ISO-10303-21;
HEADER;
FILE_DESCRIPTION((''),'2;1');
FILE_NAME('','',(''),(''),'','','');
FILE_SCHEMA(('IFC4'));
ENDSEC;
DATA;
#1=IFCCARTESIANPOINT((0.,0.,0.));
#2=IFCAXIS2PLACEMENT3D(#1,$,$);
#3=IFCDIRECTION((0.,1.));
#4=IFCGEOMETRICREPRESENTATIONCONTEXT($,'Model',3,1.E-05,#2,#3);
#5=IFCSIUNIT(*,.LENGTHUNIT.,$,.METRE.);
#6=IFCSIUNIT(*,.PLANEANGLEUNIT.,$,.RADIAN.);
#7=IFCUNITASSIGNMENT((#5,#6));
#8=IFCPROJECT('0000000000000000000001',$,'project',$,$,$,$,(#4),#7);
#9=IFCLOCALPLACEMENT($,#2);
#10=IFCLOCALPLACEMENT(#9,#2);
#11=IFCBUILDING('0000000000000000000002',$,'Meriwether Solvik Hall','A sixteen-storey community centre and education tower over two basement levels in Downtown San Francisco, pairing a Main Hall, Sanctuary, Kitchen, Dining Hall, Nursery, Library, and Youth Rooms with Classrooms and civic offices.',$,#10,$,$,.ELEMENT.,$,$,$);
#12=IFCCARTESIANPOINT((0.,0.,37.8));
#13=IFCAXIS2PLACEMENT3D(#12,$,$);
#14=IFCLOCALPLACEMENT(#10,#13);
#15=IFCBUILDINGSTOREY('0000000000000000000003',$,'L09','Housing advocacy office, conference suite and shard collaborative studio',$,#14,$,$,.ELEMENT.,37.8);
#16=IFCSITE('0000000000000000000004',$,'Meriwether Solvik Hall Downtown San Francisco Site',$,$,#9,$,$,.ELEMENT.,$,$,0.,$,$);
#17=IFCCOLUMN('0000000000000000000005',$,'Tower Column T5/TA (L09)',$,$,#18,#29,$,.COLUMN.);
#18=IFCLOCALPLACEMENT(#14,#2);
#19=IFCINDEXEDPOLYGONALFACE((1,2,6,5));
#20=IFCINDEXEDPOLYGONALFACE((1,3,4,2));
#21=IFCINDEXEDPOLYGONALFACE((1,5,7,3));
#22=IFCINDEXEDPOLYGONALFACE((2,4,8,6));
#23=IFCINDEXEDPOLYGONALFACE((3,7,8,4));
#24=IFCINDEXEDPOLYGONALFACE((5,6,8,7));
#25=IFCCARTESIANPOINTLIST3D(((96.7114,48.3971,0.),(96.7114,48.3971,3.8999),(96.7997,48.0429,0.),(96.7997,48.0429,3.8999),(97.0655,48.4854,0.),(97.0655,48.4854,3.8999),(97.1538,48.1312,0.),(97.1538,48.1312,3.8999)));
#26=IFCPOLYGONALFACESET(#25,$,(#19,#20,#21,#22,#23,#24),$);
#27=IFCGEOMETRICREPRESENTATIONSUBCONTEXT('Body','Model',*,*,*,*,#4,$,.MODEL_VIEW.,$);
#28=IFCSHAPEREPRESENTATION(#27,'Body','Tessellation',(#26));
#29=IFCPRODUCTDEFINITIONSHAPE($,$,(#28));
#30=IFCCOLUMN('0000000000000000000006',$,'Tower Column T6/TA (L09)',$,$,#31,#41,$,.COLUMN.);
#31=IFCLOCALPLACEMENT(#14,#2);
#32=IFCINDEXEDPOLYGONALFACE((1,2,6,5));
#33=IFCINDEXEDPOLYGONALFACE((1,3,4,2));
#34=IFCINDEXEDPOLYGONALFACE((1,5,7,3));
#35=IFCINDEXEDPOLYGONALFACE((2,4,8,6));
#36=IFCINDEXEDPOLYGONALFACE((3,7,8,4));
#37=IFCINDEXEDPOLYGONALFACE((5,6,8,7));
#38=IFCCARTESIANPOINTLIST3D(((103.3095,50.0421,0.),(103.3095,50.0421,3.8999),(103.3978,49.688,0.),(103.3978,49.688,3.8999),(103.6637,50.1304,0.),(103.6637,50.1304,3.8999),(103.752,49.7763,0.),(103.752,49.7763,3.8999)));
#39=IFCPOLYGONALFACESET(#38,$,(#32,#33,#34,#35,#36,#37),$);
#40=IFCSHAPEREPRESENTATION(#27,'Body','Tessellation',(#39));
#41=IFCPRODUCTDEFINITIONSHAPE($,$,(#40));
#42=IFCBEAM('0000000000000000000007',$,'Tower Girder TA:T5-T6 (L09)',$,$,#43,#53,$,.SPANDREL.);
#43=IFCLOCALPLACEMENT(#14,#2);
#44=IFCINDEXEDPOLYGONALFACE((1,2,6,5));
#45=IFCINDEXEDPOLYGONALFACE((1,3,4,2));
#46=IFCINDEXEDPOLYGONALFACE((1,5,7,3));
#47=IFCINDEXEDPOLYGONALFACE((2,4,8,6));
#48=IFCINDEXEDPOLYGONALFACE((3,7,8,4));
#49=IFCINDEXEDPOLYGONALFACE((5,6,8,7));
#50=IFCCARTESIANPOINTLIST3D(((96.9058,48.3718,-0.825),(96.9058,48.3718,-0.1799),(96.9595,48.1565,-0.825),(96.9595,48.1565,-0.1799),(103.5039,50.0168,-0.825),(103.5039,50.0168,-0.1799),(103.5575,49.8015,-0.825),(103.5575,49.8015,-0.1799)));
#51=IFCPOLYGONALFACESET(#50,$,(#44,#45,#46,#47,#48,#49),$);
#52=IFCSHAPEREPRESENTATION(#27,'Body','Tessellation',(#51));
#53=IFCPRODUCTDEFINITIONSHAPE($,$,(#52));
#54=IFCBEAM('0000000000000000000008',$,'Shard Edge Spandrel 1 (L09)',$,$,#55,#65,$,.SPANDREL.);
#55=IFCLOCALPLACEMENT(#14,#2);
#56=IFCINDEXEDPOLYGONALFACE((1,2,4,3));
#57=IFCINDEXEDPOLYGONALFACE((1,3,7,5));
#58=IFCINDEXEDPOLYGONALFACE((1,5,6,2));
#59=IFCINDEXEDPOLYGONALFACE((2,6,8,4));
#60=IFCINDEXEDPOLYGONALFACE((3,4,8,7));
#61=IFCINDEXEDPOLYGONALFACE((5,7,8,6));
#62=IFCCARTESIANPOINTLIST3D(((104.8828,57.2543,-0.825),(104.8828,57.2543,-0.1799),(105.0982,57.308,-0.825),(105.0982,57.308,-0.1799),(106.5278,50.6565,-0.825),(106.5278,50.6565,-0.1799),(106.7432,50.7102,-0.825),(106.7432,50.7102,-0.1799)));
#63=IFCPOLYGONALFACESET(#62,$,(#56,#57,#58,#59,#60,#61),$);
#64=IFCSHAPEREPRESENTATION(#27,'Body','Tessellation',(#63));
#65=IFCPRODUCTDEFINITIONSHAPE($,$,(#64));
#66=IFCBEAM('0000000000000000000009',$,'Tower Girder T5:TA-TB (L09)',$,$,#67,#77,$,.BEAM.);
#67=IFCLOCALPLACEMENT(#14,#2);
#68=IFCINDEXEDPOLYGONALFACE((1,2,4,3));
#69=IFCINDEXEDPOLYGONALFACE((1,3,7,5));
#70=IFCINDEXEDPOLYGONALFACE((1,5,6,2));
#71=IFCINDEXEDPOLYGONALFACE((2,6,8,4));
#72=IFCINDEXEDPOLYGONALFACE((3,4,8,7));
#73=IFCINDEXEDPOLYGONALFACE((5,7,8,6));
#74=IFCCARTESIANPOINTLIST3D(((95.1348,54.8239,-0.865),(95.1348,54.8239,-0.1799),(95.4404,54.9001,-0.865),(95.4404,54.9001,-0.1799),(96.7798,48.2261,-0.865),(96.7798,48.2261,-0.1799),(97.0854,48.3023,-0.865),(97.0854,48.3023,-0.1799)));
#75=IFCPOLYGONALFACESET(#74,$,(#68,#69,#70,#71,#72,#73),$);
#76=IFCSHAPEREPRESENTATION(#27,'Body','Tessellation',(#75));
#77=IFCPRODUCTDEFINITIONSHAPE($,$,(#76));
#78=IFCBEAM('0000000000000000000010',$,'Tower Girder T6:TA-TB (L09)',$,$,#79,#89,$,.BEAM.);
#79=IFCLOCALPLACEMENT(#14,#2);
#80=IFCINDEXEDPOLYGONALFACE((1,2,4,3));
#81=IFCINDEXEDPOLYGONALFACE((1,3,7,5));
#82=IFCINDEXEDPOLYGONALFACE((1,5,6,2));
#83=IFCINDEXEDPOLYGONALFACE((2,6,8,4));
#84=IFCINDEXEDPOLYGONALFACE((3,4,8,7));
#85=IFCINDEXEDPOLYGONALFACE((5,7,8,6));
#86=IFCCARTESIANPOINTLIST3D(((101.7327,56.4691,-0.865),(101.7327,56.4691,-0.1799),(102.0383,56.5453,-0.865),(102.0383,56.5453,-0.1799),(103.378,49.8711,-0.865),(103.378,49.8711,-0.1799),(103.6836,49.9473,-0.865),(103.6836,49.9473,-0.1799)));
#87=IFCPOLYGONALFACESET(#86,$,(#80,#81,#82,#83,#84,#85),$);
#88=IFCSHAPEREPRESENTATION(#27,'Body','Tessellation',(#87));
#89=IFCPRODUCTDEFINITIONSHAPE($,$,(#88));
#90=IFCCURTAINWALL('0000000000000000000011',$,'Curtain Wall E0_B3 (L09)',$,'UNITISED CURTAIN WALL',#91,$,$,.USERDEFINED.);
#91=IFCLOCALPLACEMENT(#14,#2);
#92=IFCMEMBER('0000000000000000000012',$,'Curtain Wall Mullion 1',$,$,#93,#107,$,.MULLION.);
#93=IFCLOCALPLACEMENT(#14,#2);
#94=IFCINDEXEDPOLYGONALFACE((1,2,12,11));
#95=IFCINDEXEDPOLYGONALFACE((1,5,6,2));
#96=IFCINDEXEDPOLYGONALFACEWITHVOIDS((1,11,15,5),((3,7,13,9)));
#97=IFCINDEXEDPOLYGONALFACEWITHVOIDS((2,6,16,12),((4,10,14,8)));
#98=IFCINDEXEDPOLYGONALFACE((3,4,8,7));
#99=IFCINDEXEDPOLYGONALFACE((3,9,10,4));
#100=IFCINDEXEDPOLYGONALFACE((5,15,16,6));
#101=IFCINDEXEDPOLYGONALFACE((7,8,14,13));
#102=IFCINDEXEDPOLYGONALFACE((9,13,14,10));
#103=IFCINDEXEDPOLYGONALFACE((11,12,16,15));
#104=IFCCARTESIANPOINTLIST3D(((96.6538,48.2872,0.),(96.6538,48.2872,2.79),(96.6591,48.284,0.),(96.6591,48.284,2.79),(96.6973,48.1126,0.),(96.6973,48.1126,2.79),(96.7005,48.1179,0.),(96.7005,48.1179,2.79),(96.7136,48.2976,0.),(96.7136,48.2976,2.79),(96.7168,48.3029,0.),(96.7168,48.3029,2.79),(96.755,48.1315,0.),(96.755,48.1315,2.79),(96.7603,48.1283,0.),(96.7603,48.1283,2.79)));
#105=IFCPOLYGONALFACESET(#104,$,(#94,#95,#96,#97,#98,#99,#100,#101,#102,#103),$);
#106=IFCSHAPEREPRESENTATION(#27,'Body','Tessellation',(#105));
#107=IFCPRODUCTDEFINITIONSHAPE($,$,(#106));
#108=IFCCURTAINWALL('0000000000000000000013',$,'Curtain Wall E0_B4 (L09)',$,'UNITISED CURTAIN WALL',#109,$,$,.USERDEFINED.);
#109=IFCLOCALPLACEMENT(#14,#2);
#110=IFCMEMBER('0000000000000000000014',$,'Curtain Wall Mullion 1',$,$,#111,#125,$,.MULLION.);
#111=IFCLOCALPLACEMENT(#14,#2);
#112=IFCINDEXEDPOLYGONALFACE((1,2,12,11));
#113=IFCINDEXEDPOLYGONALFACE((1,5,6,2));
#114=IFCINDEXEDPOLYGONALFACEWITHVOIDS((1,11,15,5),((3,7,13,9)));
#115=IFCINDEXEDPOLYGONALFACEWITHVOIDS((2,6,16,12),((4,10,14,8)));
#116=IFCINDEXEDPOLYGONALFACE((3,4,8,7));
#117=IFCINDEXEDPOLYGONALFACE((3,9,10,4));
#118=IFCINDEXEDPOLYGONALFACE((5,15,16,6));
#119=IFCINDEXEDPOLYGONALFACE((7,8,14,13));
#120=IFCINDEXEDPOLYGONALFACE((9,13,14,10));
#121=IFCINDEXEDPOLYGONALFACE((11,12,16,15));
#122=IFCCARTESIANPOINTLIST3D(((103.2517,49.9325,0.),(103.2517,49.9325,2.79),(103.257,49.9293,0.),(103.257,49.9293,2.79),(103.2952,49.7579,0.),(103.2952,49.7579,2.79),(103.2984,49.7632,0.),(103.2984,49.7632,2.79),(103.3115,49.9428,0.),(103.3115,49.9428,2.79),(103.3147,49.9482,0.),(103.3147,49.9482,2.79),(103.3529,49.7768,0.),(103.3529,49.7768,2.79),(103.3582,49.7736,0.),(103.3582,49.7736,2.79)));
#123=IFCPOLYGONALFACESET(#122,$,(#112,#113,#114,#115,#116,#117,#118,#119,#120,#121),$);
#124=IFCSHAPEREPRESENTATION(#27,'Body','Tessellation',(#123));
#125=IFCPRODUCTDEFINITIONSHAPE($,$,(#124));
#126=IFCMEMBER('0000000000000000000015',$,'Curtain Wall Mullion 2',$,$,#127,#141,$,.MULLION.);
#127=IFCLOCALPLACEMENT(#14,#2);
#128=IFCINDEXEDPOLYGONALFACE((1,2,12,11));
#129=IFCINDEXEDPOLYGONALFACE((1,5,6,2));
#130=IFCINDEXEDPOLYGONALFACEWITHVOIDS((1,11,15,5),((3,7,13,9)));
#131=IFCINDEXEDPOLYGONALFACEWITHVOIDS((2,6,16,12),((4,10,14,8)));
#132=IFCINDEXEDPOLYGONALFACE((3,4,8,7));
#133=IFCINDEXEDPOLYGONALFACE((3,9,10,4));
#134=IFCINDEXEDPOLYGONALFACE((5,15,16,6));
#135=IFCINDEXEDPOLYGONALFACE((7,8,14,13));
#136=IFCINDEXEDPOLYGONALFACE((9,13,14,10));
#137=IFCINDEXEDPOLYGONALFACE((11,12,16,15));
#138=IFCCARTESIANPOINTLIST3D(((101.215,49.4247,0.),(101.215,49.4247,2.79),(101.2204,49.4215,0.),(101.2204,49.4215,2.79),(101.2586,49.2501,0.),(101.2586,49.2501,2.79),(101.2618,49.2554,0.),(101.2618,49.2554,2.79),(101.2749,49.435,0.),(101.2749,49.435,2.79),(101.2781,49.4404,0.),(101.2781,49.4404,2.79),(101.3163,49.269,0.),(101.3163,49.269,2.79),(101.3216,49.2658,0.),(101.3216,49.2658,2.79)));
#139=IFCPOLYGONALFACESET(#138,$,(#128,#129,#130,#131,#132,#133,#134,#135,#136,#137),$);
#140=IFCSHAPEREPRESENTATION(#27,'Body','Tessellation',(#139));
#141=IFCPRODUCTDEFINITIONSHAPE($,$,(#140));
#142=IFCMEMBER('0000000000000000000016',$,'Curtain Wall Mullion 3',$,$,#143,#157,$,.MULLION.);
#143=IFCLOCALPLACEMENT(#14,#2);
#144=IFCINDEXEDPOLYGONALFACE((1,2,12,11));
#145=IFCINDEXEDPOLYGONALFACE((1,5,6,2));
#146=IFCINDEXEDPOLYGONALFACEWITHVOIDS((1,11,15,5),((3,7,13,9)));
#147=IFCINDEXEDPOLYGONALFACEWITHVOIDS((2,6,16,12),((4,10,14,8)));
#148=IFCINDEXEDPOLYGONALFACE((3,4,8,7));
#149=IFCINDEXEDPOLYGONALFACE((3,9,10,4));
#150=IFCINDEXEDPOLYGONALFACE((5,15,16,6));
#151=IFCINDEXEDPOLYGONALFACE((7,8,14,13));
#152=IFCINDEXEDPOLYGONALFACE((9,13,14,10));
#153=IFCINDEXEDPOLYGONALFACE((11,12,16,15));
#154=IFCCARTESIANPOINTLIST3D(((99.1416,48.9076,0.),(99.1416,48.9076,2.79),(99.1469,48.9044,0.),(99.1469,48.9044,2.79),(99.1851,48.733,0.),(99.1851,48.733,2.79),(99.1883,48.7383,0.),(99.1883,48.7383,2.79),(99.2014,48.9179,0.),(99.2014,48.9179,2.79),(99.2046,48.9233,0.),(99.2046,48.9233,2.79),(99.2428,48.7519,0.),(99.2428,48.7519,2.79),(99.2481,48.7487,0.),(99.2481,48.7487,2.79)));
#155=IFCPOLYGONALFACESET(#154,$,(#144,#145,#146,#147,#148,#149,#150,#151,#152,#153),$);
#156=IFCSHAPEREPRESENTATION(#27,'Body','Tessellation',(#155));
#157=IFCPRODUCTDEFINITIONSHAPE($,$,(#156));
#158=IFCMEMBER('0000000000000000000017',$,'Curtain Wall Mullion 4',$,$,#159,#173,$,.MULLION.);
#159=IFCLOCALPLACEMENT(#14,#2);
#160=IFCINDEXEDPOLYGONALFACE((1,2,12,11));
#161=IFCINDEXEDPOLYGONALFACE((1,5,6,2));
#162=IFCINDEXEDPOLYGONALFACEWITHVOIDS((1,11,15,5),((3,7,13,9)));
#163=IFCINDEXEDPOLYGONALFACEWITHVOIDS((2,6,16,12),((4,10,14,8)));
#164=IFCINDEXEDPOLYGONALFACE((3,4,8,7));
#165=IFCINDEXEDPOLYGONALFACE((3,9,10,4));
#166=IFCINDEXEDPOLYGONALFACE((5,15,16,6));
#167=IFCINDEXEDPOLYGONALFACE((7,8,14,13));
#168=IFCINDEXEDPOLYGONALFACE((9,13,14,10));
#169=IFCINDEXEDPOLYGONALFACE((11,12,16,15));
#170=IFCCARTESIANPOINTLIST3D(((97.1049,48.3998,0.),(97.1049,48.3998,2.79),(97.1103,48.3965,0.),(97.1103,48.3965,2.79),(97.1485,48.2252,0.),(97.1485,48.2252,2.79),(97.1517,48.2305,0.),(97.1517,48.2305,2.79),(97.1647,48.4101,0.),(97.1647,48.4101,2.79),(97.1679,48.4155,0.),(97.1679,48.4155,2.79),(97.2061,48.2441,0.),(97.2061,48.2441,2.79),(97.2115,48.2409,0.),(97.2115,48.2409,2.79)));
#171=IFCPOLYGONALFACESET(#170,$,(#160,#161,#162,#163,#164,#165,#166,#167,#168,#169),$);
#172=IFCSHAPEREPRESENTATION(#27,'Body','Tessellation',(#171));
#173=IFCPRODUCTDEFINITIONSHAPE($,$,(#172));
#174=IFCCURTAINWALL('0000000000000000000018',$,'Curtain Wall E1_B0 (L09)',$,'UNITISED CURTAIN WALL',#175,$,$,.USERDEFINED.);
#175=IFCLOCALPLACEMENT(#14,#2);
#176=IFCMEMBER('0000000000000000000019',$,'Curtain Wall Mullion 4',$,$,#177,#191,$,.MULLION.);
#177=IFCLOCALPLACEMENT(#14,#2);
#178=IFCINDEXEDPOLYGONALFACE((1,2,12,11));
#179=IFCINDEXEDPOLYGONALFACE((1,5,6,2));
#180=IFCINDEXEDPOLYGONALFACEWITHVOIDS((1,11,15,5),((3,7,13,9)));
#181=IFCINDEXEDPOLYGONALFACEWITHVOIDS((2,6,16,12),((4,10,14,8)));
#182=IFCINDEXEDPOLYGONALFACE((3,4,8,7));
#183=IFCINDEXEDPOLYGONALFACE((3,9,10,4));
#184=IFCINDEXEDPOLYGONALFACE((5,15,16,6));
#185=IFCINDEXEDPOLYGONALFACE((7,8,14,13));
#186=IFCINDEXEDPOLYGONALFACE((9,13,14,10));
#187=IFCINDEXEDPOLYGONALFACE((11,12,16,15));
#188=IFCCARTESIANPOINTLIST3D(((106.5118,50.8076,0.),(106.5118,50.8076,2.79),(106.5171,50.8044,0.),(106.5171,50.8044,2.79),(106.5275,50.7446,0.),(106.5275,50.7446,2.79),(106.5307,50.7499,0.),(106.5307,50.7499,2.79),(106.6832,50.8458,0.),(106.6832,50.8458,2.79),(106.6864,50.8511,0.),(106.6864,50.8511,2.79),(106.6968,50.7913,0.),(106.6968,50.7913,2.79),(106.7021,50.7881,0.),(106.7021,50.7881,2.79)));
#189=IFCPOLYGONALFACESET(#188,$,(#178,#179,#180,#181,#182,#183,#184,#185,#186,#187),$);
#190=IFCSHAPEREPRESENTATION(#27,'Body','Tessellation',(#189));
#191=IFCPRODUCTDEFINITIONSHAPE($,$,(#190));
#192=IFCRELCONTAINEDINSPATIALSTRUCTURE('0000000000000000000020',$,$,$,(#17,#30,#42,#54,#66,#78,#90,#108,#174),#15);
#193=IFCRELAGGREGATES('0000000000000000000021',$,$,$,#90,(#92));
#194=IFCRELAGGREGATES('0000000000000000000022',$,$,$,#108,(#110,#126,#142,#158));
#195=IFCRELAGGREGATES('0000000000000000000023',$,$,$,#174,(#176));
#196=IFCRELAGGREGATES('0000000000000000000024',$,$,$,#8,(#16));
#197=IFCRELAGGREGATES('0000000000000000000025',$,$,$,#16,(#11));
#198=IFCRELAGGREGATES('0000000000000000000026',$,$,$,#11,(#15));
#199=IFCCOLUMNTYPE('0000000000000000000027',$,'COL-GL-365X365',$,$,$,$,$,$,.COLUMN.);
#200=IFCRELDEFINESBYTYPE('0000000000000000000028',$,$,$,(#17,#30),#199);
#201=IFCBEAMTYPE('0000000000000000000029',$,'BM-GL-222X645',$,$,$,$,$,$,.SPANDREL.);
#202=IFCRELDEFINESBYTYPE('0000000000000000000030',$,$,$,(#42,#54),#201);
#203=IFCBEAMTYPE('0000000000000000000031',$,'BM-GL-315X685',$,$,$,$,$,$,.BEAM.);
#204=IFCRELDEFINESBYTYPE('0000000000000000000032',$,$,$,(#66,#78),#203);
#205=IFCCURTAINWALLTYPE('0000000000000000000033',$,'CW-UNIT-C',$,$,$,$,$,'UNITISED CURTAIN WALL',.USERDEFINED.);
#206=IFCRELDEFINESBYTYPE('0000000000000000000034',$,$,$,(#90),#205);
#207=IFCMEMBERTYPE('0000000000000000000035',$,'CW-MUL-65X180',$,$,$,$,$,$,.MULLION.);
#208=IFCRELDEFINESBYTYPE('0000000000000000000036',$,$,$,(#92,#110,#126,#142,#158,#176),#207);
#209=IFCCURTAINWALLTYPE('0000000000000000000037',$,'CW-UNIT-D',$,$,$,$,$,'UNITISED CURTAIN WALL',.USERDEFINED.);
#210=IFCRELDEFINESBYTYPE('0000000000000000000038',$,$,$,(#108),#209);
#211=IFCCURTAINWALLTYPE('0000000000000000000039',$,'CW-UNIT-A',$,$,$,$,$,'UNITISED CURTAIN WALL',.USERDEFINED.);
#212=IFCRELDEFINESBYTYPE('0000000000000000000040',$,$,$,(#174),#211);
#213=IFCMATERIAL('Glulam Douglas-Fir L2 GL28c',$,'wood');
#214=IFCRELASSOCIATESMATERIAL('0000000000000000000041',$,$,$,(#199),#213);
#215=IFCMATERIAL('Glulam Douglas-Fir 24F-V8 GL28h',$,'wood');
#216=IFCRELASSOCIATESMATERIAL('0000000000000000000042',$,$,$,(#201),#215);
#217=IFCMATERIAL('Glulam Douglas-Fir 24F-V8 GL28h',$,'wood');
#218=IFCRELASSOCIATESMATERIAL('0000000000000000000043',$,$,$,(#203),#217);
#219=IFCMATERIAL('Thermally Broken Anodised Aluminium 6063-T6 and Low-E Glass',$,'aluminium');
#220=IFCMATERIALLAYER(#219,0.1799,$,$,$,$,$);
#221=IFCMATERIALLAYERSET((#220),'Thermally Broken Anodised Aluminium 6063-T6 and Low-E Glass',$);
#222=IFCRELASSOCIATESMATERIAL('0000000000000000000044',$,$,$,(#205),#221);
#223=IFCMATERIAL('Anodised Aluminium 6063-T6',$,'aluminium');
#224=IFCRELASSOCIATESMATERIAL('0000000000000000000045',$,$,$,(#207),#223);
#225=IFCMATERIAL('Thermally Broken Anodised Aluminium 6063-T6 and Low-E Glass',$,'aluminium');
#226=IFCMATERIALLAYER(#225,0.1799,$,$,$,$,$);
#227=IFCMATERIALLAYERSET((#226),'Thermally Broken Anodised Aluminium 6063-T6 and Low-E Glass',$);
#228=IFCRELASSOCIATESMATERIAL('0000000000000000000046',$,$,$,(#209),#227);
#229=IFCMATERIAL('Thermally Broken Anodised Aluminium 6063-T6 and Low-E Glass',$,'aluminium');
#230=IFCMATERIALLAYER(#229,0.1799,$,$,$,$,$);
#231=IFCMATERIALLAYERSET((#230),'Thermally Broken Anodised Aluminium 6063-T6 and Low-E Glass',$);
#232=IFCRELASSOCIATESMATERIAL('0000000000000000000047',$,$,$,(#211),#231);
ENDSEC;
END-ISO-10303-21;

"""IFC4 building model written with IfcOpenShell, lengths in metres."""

from ifc_helpers import new_model, si_unit, direction, frame, origin, origin_2d, place, context, subcontext, project, spatial, rectangle, hollow_rectangle, extrude, material, layer, layer_set, material_profile, profile_set, type_object, element, aggregate, save


model = new_model("IFC4")

# Units and contexts
model_context = context("Model", 3, precision=1e-05, world=origin(), true_north=direction((0.0, 1.0)))
body_context = subcontext(model_context, "Body", "Model", "MODEL_VIEW")
ifc_project = project(units=[si_unit("LENGTHUNIT", "METRE"), si_unit("PLANEANGLEUNIT", "RADIAN")], contexts=[model_context])

# Site, building, storey
site_placement = place(None, origin())
site = spatial("IfcSite", under=ifc_project, at=site_placement, Name="Meriwether Solvik Hall Downtown San Francisco Site", CompositionType="ELEMENT", RefElevation=0.0)
building_placement = place(site_placement, origin())
building = spatial("IfcBuilding", under=site, at=building_placement, Name="Meriwether Solvik Hall", Description="A sixteen-storey community centre and education tower over two basement levels in Downtown San Francisco, pairing a Main Hall, Sanctuary, Kitchen, Dining Hall, Nursery, Library, and Youth Rooms with Classrooms and civic offices.", CompositionType="ELEMENT")
storey_placement = place(building_placement, frame((0.0, 0.0, 37.8)))
storey = spatial("IfcBuildingStorey", under=building, at=storey_placement, Name="L09", Description="Housing advocacy office, conference suite and shard collaborative studio", CompositionType="ELEMENT", Elevation=37.8)

# Columns
ifc_material_1 = material(Name="Glulam Douglas-Fir L2 GL28c", Category="wood")
ifc_material_profile_1 = material_profile(ifc_material_1, rectangle(XDim=0.365, YDim=0.365, at=origin_2d()), Name="GLC-365X365")
ifc_profile_set_1 = profile_set([ifc_material_profile_1], Name="Glulam Douglas-Fir L2 GL28c")
column_type = type_object("IfcColumnType", Name="COL-GL-365X365", PredefinedType="COLUMN", material=ifc_profile_set_1)
for number, where, z_axis, x_axis, name in (
    (1, (96.9326, 48.2642, 0.0), (0.0, 0.0, 1.0), (0.970296, 0.241922, 0.0), "Tower Column T5/TA (L09)"),
    (2, (103.5308, 49.9092, 0.0), (0.0, 0.0, 1.0), (0.970296, 0.241922, 0.0), "Tower Column T6/TA (L09)"),
):
    element("IfcColumn", number, at=place(storey_placement, frame(where, z_axis=z_axis, x_axis=x_axis)), inside=storey, type_object=column_type, Name=name, PredefinedType="COLUMN", context=body_context, shape_type="SweptSolid", body=[
        extrude(rectangle(XDim=0.365, YDim=0.365, at=origin_2d()), origin(), (0.0, 0.0, 1.0), 3.8999),
    ])

# Beams
ifc_material_2 = material(Name="Glulam Douglas-Fir 24F-V8 GL28h", Category="wood")
ifc_material_profile_2 = material_profile(ifc_material_2, rectangle(XDim=0.2219, YDim=0.645, at=origin_2d()), Name="GLB-222X645")
ifc_profile_set_2 = profile_set([ifc_material_profile_2], Name="Glulam Douglas-Fir 24F-V8 GL28h")
beam_type_1 = type_object("IfcBeamType", Name="BM-GL-222X645", PredefinedType="SPANDREL", material=ifc_profile_set_2)
beam_1_placement = place(storey_placement, frame((96.9326, 48.2642, -0.5024), z_axis=(0.970299, 0.24191, 0.0), x_axis=(-0.24191, 0.970299, 0.0)))
element("IfcBeam", 3, at=beam_1_placement, inside=storey, type_object=beam_type_1, Name="Tower Girder TA:T5-T6 (L09)", PredefinedType="SPANDREL", context=body_context, shape_type="SweptSolid", body=[
    extrude(rectangle(XDim=0.2219, YDim=0.645, at=origin_2d()), origin(), (0.0, 0.0, 1.0), 6.8),
])
beam_2_placement = place(storey_placement, frame((106.6355, 50.6833, -0.5024), z_axis=(-0.241919, 0.970296, 0.0), x_axis=(-0.970296, -0.241919, 0.0)))
element("IfcBeam", 4, at=beam_2_placement, inside=storey, type_object=beam_type_1, Name="Shard Edge Spandrel 1 (L09)", PredefinedType="SPANDREL", context=body_context, shape_type="SweptSolid", body=[
    extrude(rectangle(XDim=0.2219, YDim=0.645, at=origin_2d()), origin(), (0.0, 0.0, 1.0), 6.7998),
])
ifc_material_3 = material(Name="Glulam Douglas-Fir 24F-V8 GL28h", Category="wood")
ifc_material_profile_3 = material_profile(ifc_material_3, rectangle(XDim=0.3149, YDim=0.6851, at=origin_2d()), Name="GLB-315X685")
ifc_profile_set_3 = profile_set([ifc_material_profile_3], Name="Glulam Douglas-Fir 24F-V8 GL28h")
beam_type_2 = type_object("IfcBeamType", Name="BM-GL-315X685", PredefinedType="BEAM", material=ifc_profile_set_3)
beam_3_placement = place(storey_placement, frame((96.9326, 48.2642, -0.5225), z_axis=(-0.241919, 0.970296, 0.0), x_axis=(-0.970296, -0.241919, 0.0)))
element("IfcBeam", 5, at=beam_3_placement, inside=storey, type_object=beam_type_2, Name="Tower Girder T5:TA-TB (L09)", PredefinedType="BEAM", context=body_context, shape_type="SweptSolid", body=[
    extrude(rectangle(XDim=0.3149, YDim=0.6851, at=origin_2d()), origin(), (0.0, 0.0, 1.0), 6.7998),
])
beam_4_placement = place(storey_placement, frame((103.5308, 49.9092, -0.5225), z_axis=(-0.241953, 0.970288, 0.0), x_axis=(-0.970288, -0.241953, 0.0)))
element("IfcBeam", 6, at=beam_4_placement, inside=storey, type_object=beam_type_2, Name="Tower Girder T6:TA-TB (L09)", PredefinedType="BEAM", context=body_context, shape_type="SweptSolid", body=[
    extrude(rectangle(XDim=0.3149, YDim=0.6851, at=origin_2d()), origin(), (0.0, 0.0, 1.0), 6.8),
])

# Curtain wall, member
ifc_material_4 = material(Name="Thermally Broken Anodised Aluminium 6063-T6 and Low-E Glass", Category="aluminium")
ifc_layer_1 = layer(ifc_material_4, 0.1799)
ifc_layer_set_1 = layer_set([ifc_layer_1], Name="Thermally Broken Anodised Aluminium 6063-T6 and Low-E Glass")
curtain_wall_type_1 = type_object("IfcCurtainWallType", Name="CW-UNIT-C", ElementType="UNITISED CURTAIN WALL", PredefinedType="USERDEFINED", material=ifc_layer_set_1)
curtain_wall_1_placement = place(storey_placement, origin())
curtain_wall_1 = element("IfcCurtainWall", 7, at=curtain_wall_1_placement, inside=storey, type_object=curtain_wall_type_1, Name="Curtain Wall E0_B3 (L09)", ObjectType="UNITISED CURTAIN WALL", PredefinedType="USERDEFINED")
ifc_material_5 = material(Name="Anodised Aluminium 6063-T6", Category="aluminium")
ifc_material_profile_4 = material_profile(ifc_material_5, hollow_rectangle(XDim=0.0649, YDim=0.1799, WallThickness=0.0044, at=origin_2d()), Name="CWM-65X180")
ifc_profile_set_4 = profile_set([ifc_material_profile_4], Name="Anodised Aluminium 6063-T6")
member_type_1 = type_object("IfcMemberType", Name="CW-MUL-65X180", PredefinedType="MULLION", material=ifc_profile_set_4)
member_1_placement = place(storey_placement, frame((96.707, 48.2078, 0.0), z_axis=(0.0, 0.0, 1.0), x_axis=(-0.970296, -0.241922, 0.0)))
member_1 = element("IfcMember", 8, at=member_1_placement, type_object=member_type_1, Name="Curtain Wall Mullion 1", PredefinedType="MULLION", context=body_context, shape_type="SweptSolid", body=[
    extrude(hollow_rectangle(XDim=0.0649, YDim=0.1799, WallThickness=0.0044, at=origin_2d()), origin(), (0.0, 0.0, 1.0), 2.79),
])

# Curtain wall, members
ifc_material_6 = material(Name="Thermally Broken Anodised Aluminium 6063-T6 and Low-E Glass", Category="aluminium")
ifc_layer_2 = layer(ifc_material_6, 0.1799)
ifc_layer_set_2 = layer_set([ifc_layer_2], Name="Thermally Broken Anodised Aluminium 6063-T6 and Low-E Glass")
curtain_wall_type_2 = type_object("IfcCurtainWallType", Name="CW-UNIT-D", ElementType="UNITISED CURTAIN WALL", PredefinedType="USERDEFINED", material=ifc_layer_set_2)
curtain_wall_2_placement = place(storey_placement, origin())
curtain_wall_2 = element("IfcCurtainWall", 9, at=curtain_wall_2_placement, inside=storey, type_object=curtain_wall_type_2, Name="Curtain Wall E0_B4 (L09)", ObjectType="UNITISED CURTAIN WALL", PredefinedType="USERDEFINED")
member_2_placement = place(storey_placement, frame((103.3049, 49.853, 0.0), z_axis=(0.0, 0.0, 1.0), x_axis=(-0.970296, -0.241922, 0.0)))
member_2 = element("IfcMember", 10, at=member_2_placement, type_object=member_type_1, Name="Curtain Wall Mullion 1", PredefinedType="MULLION", context=body_context, shape_type="SweptSolid", body=[
    extrude(hollow_rectangle(XDim=0.0649, YDim=0.1799, WallThickness=0.0044, at=origin_2d()), origin(), (0.0, 0.0, 1.0), 2.79),
])
member_3_placement = place(storey_placement, frame((101.2683, 49.3452, 0.0), z_axis=(0.0, 0.0, 1.0), x_axis=(-0.970296, -0.241922, 0.0)))
member_3 = element("IfcMember", 11, at=member_3_placement, type_object=member_type_1, Name="Curtain Wall Mullion 2", PredefinedType="MULLION", context=body_context, shape_type="SweptSolid", body=[
    extrude(hollow_rectangle(XDim=0.0649, YDim=0.1799, WallThickness=0.0044, at=origin_2d()), origin(), (0.0, 0.0, 1.0), 2.79),
])
member_4_placement = place(storey_placement, frame((99.1948, 48.8281, 0.0), z_axis=(0.0, 0.0, 1.0), x_axis=(-0.970296, -0.241922, 0.0)))
member_4 = element("IfcMember", 12, at=member_4_placement, type_object=member_type_1, Name="Curtain Wall Mullion 3", PredefinedType="MULLION", context=body_context, shape_type="SweptSolid", body=[
    extrude(hollow_rectangle(XDim=0.0649, YDim=0.1799, WallThickness=0.0044, at=origin_2d()), origin(), (0.0, 0.0, 1.0), 2.79),
])
member_5_placement = place(storey_placement, frame((97.1582, 48.3203, 0.0), z_axis=(0.0, 0.0, 1.0), x_axis=(-0.970296, -0.241922, 0.0)))
member_5 = element("IfcMember", 13, at=member_5_placement, type_object=member_type_1, Name="Curtain Wall Mullion 4", PredefinedType="MULLION", context=body_context, shape_type="SweptSolid", body=[
    extrude(hollow_rectangle(XDim=0.0649, YDim=0.1799, WallThickness=0.0044, at=origin_2d()), origin(), (0.0, 0.0, 1.0), 2.79),
])

# Curtain wall, member
ifc_material_7 = material(Name="Thermally Broken Anodised Aluminium 6063-T6 and Low-E Glass", Category="aluminium")
ifc_layer_3 = layer(ifc_material_7, 0.1799)
ifc_layer_set_3 = layer_set([ifc_layer_3], Name="Thermally Broken Anodised Aluminium 6063-T6 and Low-E Glass")
curtain_wall_type_3 = type_object("IfcCurtainWallType", Name="CW-UNIT-A", ElementType="UNITISED CURTAIN WALL", PredefinedType="USERDEFINED", material=ifc_layer_set_3)
curtain_wall_3_placement = place(storey_placement, origin())
curtain_wall_3 = element("IfcCurtainWall", 14, at=curtain_wall_3_placement, inside=storey, type_object=curtain_wall_type_3, Name="Curtain Wall E1_B0 (L09)", ObjectType="UNITISED CURTAIN WALL", PredefinedType="USERDEFINED")
member_6_placement = place(storey_placement, frame((106.6069, 50.7979, 0.0), z_axis=(0.0, 0.0, 1.0), x_axis=(0.241922, -0.970296, 0.0)))
member_6 = element("IfcMember", 15, at=member_6_placement, type_object=member_type_1, Name="Curtain Wall Mullion 4", PredefinedType="MULLION", context=body_context, shape_type="SweptSolid", body=[
    extrude(hollow_rectangle(XDim=0.0649, YDim=0.1799, WallThickness=0.0044, at=origin_2d()), origin(), (0.0, 0.0, 1.0), 2.79),
])

aggregate(curtain_wall_1, [member_1])
aggregate(curtain_wall_2, [member_2, member_3, member_4, member_5])
aggregate(curtain_wall_3, [member_6])

save(model, "model.ifc")
